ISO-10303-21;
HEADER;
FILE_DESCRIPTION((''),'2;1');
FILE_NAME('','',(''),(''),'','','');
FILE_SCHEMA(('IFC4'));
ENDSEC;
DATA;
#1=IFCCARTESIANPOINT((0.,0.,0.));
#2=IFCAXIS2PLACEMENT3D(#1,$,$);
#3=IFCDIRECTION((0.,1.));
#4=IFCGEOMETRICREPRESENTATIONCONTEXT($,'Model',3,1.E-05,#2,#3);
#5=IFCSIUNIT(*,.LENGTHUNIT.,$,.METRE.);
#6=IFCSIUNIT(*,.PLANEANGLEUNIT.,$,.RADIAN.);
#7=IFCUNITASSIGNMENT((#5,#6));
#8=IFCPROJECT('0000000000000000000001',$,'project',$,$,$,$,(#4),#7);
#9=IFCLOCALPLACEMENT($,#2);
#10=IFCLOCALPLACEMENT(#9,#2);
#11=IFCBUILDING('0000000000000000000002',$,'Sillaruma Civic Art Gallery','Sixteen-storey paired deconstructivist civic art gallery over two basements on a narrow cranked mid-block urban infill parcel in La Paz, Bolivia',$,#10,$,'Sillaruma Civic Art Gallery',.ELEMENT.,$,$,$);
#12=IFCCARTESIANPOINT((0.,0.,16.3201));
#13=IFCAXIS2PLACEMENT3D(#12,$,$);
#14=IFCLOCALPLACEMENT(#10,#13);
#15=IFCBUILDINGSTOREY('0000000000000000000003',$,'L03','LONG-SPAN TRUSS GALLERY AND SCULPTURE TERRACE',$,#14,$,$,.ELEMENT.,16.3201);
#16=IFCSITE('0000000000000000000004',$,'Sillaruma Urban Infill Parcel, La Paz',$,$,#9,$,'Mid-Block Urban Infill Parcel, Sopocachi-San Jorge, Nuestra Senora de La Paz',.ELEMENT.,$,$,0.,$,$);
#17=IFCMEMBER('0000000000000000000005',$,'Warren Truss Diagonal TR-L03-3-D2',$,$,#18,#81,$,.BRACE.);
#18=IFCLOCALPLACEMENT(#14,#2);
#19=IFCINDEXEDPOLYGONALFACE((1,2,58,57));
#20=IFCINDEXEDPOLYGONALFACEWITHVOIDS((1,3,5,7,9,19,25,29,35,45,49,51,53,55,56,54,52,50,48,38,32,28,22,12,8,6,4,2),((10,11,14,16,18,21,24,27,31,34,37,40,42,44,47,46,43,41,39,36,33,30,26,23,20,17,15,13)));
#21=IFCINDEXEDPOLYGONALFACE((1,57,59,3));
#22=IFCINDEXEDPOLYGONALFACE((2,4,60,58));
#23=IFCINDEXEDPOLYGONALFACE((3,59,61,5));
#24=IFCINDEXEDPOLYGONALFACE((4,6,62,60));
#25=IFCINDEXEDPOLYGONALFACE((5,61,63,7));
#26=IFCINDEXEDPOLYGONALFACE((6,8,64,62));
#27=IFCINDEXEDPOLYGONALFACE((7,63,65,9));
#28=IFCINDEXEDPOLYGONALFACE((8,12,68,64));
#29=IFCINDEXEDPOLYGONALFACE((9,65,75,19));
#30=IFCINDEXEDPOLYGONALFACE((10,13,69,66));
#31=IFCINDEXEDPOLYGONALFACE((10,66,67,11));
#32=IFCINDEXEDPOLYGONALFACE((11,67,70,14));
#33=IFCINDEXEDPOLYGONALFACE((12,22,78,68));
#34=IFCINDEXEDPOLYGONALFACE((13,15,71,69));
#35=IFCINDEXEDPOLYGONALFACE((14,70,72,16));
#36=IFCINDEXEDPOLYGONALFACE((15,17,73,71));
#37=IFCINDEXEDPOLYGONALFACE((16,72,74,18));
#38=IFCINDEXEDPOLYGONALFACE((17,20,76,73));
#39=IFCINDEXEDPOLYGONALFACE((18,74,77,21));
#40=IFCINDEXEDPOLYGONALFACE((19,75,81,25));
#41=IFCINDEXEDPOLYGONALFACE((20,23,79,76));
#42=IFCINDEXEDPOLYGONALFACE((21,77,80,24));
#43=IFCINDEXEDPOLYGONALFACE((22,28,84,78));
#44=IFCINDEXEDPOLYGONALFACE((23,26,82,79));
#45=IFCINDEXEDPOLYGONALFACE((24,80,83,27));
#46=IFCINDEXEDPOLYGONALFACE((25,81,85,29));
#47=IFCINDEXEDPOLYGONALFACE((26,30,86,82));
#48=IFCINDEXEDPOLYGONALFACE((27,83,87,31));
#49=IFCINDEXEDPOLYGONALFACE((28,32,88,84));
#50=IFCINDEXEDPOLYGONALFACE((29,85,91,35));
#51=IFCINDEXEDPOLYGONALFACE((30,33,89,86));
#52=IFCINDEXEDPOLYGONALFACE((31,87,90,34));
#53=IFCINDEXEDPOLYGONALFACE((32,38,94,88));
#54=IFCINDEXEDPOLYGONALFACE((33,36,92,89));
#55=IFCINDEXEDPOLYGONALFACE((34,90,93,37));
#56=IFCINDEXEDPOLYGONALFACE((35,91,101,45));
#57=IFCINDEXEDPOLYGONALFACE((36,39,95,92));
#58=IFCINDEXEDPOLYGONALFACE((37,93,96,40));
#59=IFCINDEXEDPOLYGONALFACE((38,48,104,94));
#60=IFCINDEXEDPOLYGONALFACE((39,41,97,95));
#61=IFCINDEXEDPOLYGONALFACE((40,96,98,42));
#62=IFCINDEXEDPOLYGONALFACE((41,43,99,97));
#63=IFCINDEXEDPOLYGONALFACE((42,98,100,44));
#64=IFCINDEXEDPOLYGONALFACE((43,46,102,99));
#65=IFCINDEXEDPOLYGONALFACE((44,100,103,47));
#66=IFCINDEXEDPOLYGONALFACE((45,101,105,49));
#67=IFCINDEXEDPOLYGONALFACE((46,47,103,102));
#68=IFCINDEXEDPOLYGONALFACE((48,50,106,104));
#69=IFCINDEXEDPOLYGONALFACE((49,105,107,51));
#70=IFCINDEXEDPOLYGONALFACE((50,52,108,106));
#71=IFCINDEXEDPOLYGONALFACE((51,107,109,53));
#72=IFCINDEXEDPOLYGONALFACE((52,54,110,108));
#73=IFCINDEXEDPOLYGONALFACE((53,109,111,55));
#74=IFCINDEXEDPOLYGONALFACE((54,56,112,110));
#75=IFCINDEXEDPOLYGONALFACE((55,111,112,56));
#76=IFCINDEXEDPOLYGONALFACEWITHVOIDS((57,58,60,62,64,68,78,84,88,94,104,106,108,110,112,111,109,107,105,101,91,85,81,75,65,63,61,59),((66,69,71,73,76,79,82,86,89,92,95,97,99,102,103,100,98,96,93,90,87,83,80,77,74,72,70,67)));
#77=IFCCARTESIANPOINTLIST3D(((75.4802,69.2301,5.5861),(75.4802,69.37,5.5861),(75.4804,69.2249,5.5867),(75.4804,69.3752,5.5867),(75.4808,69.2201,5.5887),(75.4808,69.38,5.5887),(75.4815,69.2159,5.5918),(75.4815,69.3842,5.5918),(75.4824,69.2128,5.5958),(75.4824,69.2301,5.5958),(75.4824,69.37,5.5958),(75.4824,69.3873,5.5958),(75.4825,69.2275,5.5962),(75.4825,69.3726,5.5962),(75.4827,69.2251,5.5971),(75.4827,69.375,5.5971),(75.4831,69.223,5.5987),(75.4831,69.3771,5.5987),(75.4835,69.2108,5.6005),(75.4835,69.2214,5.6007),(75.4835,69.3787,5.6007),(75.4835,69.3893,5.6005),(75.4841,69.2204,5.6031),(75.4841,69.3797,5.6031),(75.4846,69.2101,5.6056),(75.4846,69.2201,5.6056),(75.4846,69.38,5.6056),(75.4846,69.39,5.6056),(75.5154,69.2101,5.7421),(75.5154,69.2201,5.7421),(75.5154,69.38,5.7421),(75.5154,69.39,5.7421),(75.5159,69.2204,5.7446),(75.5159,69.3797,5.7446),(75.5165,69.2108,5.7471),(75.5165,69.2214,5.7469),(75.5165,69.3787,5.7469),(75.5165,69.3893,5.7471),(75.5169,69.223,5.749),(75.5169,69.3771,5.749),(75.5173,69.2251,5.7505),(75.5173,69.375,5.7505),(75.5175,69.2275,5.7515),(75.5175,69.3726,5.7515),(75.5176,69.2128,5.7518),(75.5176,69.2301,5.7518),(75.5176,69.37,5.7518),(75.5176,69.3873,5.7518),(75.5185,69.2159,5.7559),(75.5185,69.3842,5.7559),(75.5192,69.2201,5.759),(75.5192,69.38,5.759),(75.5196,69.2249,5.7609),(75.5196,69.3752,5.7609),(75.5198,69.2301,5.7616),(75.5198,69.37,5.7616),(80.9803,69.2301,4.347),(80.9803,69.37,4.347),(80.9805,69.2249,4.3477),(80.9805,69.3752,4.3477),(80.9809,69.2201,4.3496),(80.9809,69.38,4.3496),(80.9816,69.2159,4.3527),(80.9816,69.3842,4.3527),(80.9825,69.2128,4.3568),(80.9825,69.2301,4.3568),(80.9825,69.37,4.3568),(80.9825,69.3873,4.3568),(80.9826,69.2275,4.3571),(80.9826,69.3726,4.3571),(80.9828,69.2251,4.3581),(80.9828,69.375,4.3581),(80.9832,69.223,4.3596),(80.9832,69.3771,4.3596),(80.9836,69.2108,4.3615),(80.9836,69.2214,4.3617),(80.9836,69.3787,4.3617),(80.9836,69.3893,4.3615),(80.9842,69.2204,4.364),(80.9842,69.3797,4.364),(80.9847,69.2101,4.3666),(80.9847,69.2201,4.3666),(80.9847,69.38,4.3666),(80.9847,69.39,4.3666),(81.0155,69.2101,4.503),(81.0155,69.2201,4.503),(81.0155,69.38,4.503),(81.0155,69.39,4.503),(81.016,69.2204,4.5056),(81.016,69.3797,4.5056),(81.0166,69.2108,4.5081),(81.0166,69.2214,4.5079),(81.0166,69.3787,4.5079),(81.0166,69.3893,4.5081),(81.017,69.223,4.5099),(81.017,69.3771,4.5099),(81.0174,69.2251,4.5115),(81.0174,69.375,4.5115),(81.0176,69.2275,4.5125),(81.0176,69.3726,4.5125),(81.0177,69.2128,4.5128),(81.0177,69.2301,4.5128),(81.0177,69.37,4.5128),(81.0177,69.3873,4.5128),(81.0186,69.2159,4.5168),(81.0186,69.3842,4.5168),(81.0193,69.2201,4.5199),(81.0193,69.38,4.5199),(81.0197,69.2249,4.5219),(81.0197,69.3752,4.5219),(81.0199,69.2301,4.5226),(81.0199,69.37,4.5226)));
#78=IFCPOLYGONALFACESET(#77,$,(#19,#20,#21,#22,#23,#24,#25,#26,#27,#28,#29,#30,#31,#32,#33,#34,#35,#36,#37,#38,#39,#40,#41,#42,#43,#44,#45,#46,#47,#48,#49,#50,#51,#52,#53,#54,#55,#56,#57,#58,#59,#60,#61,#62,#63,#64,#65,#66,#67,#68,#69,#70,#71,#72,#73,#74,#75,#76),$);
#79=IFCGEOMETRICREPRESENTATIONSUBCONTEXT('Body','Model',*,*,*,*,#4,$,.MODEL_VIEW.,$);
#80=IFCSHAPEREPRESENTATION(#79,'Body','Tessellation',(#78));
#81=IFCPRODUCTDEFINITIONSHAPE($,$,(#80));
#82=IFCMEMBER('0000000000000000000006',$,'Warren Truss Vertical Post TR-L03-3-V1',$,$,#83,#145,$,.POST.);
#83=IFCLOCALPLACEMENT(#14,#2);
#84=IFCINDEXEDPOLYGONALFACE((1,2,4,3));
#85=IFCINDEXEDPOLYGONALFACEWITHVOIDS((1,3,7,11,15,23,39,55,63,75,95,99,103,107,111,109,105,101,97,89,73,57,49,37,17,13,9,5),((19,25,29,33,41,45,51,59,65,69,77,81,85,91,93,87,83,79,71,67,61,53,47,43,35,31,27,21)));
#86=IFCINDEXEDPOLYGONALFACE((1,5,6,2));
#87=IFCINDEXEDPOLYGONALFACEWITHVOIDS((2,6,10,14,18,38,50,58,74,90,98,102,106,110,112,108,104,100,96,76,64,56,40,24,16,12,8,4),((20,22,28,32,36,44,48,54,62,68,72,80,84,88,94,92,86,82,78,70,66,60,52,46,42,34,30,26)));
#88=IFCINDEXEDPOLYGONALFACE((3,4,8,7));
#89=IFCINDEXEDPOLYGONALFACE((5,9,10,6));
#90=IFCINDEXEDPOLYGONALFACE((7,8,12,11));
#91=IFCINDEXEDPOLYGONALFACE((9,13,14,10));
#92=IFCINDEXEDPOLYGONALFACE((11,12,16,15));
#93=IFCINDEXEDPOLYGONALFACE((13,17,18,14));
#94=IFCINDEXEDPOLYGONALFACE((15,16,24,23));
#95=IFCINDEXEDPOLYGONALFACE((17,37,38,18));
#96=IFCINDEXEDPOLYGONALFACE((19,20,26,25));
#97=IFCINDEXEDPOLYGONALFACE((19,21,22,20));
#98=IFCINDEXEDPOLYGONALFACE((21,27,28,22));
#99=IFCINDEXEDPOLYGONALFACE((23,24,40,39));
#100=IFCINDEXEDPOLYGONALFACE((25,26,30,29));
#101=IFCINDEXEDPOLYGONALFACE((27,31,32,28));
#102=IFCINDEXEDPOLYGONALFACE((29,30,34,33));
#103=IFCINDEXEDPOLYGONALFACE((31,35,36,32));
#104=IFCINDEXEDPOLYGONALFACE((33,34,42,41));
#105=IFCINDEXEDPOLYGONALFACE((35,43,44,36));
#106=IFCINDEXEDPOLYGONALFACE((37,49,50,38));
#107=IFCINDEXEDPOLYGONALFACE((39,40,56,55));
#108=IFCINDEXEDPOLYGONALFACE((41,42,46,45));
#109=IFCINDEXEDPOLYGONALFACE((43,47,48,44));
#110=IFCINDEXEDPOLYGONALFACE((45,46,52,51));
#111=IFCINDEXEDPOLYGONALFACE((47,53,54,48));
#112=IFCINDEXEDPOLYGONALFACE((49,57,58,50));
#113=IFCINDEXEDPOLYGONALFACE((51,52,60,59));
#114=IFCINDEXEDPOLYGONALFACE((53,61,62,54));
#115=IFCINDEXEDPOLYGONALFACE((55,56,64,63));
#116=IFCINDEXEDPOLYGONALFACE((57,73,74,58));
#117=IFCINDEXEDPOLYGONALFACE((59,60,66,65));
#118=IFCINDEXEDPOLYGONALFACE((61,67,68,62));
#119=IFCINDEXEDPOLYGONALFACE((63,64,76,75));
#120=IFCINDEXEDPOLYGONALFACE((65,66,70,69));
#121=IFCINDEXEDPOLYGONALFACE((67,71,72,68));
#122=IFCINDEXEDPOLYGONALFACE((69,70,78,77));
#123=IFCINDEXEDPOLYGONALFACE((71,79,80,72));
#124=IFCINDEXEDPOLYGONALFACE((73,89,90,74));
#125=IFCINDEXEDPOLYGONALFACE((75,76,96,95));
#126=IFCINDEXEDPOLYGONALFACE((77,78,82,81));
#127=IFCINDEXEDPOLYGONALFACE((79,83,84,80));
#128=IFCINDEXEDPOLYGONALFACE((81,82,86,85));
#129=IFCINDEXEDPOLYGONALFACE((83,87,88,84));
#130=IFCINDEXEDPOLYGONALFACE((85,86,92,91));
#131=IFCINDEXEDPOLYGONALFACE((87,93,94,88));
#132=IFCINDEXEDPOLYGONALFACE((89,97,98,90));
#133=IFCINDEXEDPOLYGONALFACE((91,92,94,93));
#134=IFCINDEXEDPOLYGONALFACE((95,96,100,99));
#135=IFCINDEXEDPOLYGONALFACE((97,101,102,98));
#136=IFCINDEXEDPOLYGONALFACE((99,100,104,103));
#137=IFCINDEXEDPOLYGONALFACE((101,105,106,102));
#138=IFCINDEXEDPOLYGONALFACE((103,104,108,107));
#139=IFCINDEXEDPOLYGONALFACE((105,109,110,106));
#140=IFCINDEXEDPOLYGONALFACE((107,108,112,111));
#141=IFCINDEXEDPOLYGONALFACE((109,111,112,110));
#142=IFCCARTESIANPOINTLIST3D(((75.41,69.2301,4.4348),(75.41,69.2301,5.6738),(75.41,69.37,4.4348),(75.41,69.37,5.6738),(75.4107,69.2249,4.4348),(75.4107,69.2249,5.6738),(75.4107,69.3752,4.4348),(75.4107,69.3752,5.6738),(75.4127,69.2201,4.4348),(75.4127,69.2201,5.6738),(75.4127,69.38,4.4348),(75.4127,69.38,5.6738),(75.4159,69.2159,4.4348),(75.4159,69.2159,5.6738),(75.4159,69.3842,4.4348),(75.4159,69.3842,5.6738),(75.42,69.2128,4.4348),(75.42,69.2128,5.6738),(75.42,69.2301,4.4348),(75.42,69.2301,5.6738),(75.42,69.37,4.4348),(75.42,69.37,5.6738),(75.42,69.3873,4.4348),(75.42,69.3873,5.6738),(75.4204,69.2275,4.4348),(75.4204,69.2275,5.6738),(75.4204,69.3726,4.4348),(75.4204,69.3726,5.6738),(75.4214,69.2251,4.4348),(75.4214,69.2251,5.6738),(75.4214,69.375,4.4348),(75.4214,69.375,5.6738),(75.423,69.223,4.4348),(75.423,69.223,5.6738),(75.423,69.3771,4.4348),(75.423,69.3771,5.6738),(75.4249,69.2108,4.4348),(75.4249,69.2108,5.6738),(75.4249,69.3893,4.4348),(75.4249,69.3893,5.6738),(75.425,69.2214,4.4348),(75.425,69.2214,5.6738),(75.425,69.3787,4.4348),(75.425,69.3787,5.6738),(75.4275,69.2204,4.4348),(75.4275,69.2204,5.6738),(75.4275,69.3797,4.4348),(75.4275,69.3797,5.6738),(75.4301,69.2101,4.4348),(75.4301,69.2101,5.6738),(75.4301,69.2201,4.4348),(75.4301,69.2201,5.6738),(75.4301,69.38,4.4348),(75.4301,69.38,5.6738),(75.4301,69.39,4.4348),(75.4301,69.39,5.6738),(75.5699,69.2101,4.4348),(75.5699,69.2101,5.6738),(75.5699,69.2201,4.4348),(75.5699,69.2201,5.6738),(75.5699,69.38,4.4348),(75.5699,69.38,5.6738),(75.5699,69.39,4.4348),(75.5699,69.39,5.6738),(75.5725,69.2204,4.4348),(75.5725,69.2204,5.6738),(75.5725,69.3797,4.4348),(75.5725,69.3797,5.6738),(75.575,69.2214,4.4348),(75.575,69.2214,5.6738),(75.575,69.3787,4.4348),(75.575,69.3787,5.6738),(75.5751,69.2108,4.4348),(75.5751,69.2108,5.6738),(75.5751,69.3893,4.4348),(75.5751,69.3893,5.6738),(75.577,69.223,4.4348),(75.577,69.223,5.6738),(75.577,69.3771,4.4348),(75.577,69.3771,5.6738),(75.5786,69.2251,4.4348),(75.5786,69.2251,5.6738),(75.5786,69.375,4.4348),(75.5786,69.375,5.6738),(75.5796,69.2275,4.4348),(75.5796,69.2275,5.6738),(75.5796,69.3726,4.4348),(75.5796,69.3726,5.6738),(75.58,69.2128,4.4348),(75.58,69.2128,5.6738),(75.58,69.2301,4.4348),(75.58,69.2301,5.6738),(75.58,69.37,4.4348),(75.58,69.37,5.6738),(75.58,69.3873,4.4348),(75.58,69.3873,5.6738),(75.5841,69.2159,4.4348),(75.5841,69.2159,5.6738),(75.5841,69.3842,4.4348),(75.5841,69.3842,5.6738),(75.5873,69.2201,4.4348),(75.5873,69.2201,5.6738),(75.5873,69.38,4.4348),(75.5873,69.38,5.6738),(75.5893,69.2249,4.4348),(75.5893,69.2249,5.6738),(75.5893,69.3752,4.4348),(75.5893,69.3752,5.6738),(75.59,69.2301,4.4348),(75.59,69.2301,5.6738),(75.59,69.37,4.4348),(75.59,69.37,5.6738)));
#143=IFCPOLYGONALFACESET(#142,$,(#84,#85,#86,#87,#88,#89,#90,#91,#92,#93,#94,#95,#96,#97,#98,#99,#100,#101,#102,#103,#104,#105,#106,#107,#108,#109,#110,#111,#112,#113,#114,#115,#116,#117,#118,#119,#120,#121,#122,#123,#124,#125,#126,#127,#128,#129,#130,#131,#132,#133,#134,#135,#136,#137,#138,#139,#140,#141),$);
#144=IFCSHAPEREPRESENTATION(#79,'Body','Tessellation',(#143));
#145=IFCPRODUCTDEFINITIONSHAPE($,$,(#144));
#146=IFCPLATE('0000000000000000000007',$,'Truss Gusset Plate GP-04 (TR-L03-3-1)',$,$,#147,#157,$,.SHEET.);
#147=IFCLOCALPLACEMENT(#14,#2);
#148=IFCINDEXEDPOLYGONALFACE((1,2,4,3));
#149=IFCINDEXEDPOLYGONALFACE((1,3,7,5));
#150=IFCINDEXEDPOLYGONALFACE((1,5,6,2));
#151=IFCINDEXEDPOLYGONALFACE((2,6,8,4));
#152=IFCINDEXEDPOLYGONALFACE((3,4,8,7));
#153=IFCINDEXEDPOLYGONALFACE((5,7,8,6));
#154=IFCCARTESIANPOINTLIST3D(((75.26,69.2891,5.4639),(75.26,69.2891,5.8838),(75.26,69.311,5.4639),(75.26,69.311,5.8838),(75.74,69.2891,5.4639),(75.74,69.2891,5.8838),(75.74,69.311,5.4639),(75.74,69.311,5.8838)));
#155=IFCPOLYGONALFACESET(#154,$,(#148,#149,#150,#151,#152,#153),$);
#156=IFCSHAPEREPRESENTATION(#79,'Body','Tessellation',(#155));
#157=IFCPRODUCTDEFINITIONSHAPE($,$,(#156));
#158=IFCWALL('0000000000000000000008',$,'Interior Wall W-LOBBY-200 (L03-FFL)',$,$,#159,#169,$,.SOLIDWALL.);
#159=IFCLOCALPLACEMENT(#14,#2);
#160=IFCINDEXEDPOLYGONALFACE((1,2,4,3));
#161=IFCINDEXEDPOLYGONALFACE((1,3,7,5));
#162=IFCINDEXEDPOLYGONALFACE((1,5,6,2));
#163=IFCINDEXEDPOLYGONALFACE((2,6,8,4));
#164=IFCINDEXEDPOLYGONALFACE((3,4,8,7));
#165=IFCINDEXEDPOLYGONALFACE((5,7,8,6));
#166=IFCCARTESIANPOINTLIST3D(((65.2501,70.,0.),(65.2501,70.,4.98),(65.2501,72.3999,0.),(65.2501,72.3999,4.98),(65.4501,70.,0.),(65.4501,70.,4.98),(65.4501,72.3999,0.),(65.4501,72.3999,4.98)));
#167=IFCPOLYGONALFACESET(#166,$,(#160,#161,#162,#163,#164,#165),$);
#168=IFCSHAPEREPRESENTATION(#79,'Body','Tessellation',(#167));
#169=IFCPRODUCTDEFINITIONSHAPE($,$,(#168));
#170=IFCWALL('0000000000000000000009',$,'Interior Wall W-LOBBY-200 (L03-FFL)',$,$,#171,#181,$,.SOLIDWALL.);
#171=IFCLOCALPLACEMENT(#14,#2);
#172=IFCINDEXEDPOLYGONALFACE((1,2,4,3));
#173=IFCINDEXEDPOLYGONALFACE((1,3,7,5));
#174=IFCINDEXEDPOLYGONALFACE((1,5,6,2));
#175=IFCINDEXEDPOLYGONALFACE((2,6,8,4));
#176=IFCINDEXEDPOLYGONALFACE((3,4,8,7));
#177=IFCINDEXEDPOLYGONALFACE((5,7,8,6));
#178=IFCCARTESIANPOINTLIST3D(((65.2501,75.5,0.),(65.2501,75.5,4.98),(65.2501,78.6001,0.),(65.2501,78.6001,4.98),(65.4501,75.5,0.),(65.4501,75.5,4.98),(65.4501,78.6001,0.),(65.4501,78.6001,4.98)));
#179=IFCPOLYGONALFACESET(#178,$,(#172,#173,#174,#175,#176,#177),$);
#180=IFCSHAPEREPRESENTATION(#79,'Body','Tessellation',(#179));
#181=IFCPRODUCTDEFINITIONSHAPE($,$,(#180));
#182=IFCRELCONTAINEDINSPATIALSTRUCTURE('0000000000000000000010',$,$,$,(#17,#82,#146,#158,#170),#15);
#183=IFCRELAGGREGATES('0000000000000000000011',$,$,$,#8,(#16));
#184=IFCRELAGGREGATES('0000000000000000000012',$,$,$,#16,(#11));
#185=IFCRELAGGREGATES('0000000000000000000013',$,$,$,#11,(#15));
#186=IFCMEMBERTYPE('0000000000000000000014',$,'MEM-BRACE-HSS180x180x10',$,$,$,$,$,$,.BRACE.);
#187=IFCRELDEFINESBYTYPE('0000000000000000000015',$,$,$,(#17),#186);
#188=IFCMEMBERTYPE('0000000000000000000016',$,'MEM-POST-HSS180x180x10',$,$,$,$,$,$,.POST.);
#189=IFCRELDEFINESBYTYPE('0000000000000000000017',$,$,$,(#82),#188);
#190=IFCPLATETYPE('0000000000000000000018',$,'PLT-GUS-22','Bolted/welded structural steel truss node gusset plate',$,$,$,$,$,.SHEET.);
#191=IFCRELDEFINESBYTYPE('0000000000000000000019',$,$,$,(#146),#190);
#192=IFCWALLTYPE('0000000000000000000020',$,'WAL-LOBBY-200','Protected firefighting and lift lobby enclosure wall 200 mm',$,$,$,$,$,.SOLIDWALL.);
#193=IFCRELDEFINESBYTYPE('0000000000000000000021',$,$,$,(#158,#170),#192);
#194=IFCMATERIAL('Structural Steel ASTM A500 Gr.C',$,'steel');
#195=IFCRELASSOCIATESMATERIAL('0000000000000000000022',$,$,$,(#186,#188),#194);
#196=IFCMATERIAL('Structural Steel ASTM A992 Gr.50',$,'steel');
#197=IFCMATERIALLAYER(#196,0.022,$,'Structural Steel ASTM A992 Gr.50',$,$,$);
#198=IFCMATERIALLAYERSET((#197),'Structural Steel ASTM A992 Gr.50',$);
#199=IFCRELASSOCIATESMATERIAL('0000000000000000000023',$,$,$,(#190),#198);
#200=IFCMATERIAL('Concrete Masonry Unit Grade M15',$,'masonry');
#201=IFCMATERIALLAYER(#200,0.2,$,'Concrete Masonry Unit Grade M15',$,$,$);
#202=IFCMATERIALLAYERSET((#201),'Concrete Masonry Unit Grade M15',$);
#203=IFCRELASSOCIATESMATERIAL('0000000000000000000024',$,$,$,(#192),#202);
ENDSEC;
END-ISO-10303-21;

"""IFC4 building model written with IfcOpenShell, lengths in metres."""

from ifc_helpers import new_model, si_unit, direction, frame, frame_2d, origin, origin_2d, place, context, subcontext, project, spatial, rectangle, hollow_rectangle, extrude, material, layer, layer_set, material_profile, profile_set, type_object, element, save


model = new_model("IFC4")

# Units and contexts
model_context = context("Model", 3, precision=1e-05, world=origin(), true_north=direction((0.0, 1.0)))
body_context = subcontext(model_context, "Body", "Model", "MODEL_VIEW")
ifc_project = project(units=[si_unit("LENGTHUNIT", "METRE"), si_unit("PLANEANGLEUNIT", "RADIAN")], contexts=[model_context])

# Site, building, storey
site_placement = place(None, origin())
site = spatial("IfcSite", under=ifc_project, at=site_placement, Name="Sillaruma Urban Infill Parcel, La Paz", LongName="Mid-Block Urban Infill Parcel, Sopocachi-San Jorge, Nuestra Senora de La Paz", CompositionType="ELEMENT", RefElevation=0.0)
building_placement = place(site_placement, origin())
building = spatial("IfcBuilding", under=site, at=building_placement, Name="Sillaruma Civic Art Gallery", Description="Sixteen-storey paired deconstructivist civic art gallery over two basements on a narrow cranked mid-block urban infill parcel in La Paz, Bolivia", LongName="Sillaruma Civic Art Gallery", CompositionType="ELEMENT")
storey_placement = place(building_placement, frame((0.0, 0.0, 16.3201)))
storey = spatial("IfcBuildingStorey", under=building, at=storey_placement, Name="L03", Description="LONG-SPAN TRUSS GALLERY AND SCULPTURE TERRACE", CompositionType="ELEMENT", Elevation=16.3201)

# Members
ifc_material_1 = material(Name="Structural Steel ASTM A500 Gr.C", Category="steel")
ifc_material_profile_1 = material_profile(ifc_material_1, hollow_rectangle(XDim=0.1799, YDim=0.1799, WallThickness=0.01, InnerFilletRadius=0.01, OuterFilletRadius=0.02, at=origin_2d()), Name="HSS180x180x10")
ifc_profile_set_1 = profile_set([ifc_material_profile_1], Name="Structural Steel ASTM A500 Gr.C")
member_type_1 = type_object("IfcMemberType", Name="MEM-BRACE-HSS180x180x10", PredefinedType="BRACE", material=ifc_profile_set_1)
for number, where, z_axis, x_axis, name in (
    (1, (75.5, 69.3, 5.6738), (0.975552, 0.0, -0.219768), (0.0, 1.0, 0.0), "Warren Truss Diagonal TR-L03-3-D2"),
):
    element("IfcMember", number, at=place(storey_placement, frame(where, z_axis=z_axis, x_axis=x_axis)), inside=storey, type_object=member_type_1, Name=name, PredefinedType="BRACE", context=body_context, shape_type="SweptSolid", body=[
        extrude(hollow_rectangle(XDim=0.1799, YDim=0.1799, WallThickness=0.01, InnerFilletRadius=0.01, OuterFilletRadius=0.02, at=origin_2d()), origin(), (0.0, 0.0, 1.0), 5.6379),
    ])
ifc_material_profile_2 = material_profile(ifc_material_1, hollow_rectangle(XDim=0.1799, YDim=0.1799, WallThickness=0.01, InnerFilletRadius=0.01, OuterFilletRadius=0.02, at=origin_2d()), Name="HSS180x180x10")
ifc_profile_set_2 = profile_set([ifc_material_profile_2], Name="Structural Steel ASTM A500 Gr.C")
member_type_2 = type_object("IfcMemberType", Name="MEM-POST-HSS180x180x10", PredefinedType="POST", material=ifc_profile_set_2)
member_placement = place(storey_placement, frame((75.5, 69.3, 4.4348), z_axis=(0.0, 0.0, 1.0), x_axis=(1.0, 0.0, 0.0)))
element("IfcMember", 2, at=member_placement, inside=storey, type_object=member_type_2, Name="Warren Truss Vertical Post TR-L03-3-V1", PredefinedType="POST", context=body_context, shape_type="SweptSolid", body=[
    extrude(hollow_rectangle(XDim=0.1799, YDim=0.1799, WallThickness=0.01, InnerFilletRadius=0.01, OuterFilletRadius=0.02, at=origin_2d()), origin(), (0.0, 0.0, 1.0), 1.239),
])

# Plate
ifc_material_2 = material(Name="Structural Steel ASTM A992 Gr.50", Category="steel")
ifc_layer_1 = layer(ifc_material_2, 0.022, Name="Structural Steel ASTM A992 Gr.50")
ifc_layer_set_1 = layer_set([ifc_layer_1], Name="Structural Steel ASTM A992 Gr.50")
plate_type = type_object("IfcPlateType", Name="PLT-GUS-22", Description="Bolted/welded structural steel truss node gusset plate", PredefinedType="SHEET", material=ifc_layer_set_1)
plate_placement = place(storey_placement, frame((75.5, 69.3, 5.4639), z_axis=(0.0, 0.0, 1.0), x_axis=(1.0, 0.0, 0.0)))
element("IfcPlate", 3, at=plate_placement, inside=storey, type_object=plate_type, Name="Truss Gusset Plate GP-04 (TR-L03-3-1)", PredefinedType="SHEET", context=body_context, shape_type="SweptSolid", body=[
    extrude(rectangle(XDim=0.48, YDim=0.022, at=origin_2d()), origin(), (0.0, 0.0, 1.0), 0.4199),
])

# Walls
ifc_material_3 = material(Name="Concrete Masonry Unit Grade M15", Category="masonry")
ifc_layer_2 = layer(ifc_material_3, 0.2, Name="Concrete Masonry Unit Grade M15")
ifc_layer_set_2 = layer_set([ifc_layer_2], Name="Concrete Masonry Unit Grade M15")
wall_type_1 = type_object("IfcWallType", Name="WAL-LOBBY-200", Description="Protected firefighting and lift lobby enclosure wall 200 mm", PredefinedType="SOLIDWALL", material=ifc_layer_set_2)
wall_1_placement = place(storey_placement, frame((65.3501, 70.0, 0.0), z_axis=(0.0, 0.0, 1.0), x_axis=(0.0, 1.0, 0.0)))
element("IfcWall", 4, at=wall_1_placement, inside=storey, type_object=wall_type_1, Name="Interior Wall W-LOBBY-200 (L03-FFL)", PredefinedType="SOLIDWALL", context=body_context, shape_type="SweptSolid", body=[
    extrude(rectangle(XDim=2.3999, YDim=0.2, at=frame_2d((1.2, 0.0))), origin(), (0.0, 0.0, 1.0), 4.98),
])
wall_2_placement = place(storey_placement, frame((65.3501, 75.5, 0.0), z_axis=(0.0, 0.0, 1.0), x_axis=(0.0, 1.0, 0.0)))
element("IfcWall", 5, at=wall_2_placement, inside=storey, type_object=wall_type_1, Name="Interior Wall W-LOBBY-200 (L03-FFL)", PredefinedType="SOLIDWALL", context=body_context, shape_type="SweptSolid", body=[
    extrude(rectangle(XDim=3.1001, YDim=0.2, at=frame_2d((1.55, 0.0))), origin(), (0.0, 0.0, 1.0), 4.98),
])

save(model, "model.ifc")
